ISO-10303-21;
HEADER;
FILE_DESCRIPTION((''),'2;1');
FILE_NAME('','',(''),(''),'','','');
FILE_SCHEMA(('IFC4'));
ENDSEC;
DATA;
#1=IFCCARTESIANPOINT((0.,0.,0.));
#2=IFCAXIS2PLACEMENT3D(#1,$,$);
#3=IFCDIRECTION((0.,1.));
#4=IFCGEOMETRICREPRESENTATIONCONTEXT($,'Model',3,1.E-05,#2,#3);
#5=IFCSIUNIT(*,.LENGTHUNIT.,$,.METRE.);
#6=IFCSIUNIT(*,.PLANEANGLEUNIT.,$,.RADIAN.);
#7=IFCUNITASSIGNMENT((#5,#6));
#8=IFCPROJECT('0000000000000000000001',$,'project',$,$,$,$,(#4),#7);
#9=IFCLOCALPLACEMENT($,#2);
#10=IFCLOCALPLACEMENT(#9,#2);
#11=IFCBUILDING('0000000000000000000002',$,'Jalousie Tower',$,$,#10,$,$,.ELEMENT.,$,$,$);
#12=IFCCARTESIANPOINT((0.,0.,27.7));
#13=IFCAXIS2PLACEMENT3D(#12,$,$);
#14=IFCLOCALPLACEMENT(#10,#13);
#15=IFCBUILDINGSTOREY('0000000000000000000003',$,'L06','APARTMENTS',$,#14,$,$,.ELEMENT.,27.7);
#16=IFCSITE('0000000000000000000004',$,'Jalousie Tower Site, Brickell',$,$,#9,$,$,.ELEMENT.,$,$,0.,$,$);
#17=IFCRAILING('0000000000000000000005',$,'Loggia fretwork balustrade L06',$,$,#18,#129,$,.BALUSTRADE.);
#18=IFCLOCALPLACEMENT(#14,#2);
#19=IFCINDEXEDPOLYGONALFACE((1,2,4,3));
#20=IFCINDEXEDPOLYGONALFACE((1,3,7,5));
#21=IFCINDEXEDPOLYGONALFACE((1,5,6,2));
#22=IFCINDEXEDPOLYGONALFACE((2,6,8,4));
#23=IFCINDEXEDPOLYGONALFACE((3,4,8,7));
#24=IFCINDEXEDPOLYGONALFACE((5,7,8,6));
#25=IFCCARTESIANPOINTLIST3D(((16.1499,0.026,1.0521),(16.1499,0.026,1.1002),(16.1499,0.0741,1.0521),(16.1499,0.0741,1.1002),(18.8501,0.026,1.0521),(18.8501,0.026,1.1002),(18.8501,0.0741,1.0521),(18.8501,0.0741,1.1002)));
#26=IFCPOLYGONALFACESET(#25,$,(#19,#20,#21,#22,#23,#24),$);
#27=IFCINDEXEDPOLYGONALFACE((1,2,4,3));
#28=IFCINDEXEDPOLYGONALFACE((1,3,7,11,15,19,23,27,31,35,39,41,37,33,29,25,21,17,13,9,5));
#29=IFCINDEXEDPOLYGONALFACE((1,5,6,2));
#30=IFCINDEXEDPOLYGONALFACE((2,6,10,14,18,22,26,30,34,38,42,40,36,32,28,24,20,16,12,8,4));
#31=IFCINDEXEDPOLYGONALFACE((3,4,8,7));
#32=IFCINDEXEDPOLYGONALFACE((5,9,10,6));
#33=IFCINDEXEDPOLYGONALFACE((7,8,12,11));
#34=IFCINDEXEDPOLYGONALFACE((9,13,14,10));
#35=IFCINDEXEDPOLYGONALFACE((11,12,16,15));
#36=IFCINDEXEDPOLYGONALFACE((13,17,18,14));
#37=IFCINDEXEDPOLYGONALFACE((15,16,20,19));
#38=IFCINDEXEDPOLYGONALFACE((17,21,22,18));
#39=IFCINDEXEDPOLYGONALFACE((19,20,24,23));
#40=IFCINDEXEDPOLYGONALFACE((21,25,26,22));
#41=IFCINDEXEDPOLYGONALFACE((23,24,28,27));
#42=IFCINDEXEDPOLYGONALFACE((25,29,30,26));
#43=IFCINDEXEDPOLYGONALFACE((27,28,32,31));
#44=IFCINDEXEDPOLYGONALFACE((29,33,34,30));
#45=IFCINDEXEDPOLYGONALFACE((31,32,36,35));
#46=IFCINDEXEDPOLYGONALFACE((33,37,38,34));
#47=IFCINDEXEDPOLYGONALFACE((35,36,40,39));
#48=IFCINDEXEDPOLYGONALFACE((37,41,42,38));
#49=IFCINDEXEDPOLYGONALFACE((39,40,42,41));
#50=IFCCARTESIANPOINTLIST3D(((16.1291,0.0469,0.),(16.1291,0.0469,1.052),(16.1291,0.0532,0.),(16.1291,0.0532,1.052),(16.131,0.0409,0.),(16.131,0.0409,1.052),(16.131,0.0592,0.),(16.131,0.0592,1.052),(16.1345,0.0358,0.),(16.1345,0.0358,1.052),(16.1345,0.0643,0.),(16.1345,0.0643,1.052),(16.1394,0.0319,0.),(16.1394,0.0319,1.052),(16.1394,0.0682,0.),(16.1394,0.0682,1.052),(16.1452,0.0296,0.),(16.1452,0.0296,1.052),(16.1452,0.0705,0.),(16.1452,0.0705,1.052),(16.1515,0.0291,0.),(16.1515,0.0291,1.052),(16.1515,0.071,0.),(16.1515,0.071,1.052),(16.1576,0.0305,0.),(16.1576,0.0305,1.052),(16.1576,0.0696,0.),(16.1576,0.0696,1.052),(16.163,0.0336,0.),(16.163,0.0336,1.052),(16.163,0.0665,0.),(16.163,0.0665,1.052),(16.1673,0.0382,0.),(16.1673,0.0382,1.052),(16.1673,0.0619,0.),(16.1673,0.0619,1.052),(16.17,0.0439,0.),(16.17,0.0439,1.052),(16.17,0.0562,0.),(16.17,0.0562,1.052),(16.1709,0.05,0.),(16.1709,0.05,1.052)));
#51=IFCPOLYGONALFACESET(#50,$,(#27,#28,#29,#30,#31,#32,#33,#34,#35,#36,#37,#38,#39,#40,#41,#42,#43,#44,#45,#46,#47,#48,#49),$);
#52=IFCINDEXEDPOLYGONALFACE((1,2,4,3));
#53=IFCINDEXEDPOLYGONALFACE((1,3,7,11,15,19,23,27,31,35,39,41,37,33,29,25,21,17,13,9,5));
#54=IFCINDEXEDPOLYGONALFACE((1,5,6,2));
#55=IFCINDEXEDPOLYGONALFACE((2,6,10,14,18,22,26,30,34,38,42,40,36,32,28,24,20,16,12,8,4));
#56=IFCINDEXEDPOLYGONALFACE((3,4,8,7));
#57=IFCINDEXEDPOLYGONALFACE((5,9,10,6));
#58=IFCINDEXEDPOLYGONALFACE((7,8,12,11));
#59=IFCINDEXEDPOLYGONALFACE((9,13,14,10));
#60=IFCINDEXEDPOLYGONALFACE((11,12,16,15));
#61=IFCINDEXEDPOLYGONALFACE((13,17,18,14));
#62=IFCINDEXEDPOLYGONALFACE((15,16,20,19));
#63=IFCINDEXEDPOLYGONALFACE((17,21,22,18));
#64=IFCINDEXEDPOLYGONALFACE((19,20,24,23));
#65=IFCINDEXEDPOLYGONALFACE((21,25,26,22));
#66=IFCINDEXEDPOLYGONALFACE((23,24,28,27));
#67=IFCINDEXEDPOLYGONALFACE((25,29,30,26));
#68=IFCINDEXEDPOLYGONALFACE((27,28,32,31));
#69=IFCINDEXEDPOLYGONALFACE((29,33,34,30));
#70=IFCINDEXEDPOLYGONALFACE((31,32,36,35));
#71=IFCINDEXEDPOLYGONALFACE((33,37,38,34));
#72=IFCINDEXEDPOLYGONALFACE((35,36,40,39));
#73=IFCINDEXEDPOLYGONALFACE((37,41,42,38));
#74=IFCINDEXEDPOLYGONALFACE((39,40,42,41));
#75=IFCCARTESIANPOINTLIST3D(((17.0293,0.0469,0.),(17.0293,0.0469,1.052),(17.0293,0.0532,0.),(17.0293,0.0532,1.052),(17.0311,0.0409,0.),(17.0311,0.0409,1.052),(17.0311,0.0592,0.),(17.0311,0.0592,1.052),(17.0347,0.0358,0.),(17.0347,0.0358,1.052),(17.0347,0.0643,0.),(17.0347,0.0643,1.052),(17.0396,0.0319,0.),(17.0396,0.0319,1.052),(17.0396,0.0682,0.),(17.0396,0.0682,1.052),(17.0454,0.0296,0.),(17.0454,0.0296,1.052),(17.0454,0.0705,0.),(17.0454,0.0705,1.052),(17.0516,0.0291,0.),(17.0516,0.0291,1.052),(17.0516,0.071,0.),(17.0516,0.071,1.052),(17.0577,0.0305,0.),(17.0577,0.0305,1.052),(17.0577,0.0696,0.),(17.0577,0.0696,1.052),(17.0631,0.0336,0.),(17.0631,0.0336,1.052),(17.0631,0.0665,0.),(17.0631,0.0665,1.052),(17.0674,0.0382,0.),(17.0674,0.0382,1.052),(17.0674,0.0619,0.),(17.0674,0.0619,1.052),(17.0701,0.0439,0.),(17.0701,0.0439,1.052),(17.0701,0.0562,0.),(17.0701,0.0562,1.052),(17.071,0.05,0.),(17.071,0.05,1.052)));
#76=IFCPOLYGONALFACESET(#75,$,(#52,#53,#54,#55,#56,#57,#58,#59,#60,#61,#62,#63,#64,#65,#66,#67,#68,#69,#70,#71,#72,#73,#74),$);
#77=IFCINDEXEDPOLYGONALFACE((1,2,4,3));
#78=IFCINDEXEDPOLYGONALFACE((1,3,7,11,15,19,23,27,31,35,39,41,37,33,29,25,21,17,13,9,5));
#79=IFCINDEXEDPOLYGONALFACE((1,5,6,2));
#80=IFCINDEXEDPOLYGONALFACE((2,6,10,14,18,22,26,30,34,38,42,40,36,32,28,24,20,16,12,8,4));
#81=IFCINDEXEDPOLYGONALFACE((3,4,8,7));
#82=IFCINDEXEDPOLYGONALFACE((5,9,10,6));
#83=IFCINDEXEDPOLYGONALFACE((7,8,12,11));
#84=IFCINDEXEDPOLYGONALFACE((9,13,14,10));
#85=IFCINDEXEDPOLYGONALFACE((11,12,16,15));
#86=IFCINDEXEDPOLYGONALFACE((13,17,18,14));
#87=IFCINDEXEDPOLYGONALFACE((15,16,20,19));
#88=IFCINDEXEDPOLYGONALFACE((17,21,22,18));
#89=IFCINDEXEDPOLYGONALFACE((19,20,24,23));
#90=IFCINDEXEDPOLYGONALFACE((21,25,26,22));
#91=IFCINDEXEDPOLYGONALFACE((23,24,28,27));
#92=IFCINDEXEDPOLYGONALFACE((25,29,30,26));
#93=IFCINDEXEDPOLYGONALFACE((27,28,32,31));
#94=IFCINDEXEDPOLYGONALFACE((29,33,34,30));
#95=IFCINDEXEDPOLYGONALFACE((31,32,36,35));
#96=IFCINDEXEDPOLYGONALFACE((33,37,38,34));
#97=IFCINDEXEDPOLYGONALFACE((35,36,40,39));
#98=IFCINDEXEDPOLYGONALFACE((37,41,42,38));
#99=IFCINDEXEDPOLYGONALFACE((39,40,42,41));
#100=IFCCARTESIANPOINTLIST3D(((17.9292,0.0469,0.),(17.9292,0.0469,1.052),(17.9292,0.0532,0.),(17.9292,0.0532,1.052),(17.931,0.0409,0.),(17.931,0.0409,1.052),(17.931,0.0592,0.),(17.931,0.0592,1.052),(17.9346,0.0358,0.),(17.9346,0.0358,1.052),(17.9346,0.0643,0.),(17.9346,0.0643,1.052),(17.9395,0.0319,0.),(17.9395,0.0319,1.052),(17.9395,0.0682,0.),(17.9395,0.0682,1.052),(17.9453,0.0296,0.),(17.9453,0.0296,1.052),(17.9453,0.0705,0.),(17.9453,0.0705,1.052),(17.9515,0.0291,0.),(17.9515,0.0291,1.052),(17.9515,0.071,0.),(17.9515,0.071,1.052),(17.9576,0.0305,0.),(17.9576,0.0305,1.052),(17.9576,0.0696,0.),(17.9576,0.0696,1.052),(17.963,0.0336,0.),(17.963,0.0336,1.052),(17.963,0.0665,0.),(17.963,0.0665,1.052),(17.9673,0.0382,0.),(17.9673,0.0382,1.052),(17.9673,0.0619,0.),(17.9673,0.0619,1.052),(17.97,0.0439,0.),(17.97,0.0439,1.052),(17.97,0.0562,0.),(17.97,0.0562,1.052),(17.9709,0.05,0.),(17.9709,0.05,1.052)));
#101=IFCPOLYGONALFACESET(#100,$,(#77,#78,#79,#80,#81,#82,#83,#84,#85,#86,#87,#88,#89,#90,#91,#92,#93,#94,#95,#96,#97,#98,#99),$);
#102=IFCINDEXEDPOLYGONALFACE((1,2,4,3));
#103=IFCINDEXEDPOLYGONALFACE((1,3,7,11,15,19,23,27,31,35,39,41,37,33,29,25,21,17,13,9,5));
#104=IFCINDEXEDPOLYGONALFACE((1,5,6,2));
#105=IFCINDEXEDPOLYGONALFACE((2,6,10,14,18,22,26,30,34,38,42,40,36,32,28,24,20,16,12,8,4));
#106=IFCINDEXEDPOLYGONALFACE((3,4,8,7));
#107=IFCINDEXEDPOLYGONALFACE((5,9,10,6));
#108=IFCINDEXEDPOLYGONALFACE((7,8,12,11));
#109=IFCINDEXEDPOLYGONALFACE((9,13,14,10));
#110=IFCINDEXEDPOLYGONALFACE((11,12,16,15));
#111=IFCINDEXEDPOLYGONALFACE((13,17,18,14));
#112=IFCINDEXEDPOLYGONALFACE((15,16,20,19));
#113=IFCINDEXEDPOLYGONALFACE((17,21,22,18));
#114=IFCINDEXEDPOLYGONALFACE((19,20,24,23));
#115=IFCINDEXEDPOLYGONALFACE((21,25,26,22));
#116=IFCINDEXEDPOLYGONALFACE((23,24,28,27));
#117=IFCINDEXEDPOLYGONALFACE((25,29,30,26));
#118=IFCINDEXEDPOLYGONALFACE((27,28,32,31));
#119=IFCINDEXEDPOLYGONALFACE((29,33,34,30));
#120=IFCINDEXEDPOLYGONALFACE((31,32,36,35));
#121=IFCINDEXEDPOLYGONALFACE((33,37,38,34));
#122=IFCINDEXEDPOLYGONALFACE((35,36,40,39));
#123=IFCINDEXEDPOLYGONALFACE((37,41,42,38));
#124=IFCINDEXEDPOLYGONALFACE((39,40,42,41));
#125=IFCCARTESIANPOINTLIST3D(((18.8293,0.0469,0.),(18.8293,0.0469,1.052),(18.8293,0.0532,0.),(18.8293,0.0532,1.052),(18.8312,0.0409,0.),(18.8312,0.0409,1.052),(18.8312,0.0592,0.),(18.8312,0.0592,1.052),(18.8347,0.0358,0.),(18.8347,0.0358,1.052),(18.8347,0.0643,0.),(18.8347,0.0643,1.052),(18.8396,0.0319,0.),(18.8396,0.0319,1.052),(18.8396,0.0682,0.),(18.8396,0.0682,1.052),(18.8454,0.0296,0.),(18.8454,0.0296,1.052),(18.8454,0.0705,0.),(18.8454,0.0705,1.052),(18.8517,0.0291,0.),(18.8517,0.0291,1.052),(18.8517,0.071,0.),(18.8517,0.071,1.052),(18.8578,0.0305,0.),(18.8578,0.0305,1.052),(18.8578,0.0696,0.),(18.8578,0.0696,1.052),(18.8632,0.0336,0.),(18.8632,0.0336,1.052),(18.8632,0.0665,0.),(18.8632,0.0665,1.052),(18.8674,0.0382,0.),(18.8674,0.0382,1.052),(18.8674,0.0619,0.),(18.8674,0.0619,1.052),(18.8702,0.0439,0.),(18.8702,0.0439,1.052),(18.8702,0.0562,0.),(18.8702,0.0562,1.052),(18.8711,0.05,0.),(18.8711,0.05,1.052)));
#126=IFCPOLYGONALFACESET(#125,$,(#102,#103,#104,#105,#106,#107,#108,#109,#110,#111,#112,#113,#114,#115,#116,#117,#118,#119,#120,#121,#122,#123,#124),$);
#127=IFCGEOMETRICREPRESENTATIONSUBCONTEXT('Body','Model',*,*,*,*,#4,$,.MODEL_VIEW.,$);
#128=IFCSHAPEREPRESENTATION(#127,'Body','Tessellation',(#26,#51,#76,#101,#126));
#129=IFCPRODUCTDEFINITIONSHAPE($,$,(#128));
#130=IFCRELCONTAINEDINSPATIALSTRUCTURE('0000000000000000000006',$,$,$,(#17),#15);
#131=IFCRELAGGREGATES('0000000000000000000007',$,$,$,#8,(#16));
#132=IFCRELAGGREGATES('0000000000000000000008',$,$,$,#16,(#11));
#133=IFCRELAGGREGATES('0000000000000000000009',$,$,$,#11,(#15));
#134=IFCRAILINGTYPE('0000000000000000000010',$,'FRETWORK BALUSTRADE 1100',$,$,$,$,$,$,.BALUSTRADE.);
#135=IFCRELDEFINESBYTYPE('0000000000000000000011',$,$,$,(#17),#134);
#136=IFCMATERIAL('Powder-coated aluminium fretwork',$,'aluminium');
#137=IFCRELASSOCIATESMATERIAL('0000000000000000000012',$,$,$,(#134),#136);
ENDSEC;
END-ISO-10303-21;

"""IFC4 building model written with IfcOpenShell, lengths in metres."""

from ifc_helpers import new_model, si_unit, direction, frame, origin, origin_2d, place, context, subcontext, project, spatial, rectangle, circle, extrude, material, type_object, element, save


model = new_model("IFC4")

# Units and contexts
model_context = context("Model", 3, precision=1e-05, world=origin(), true_north=direction((0.0, 1.0)))
body_context = subcontext(model_context, "Body", "Model", "MODEL_VIEW")
ifc_project = project(units=[si_unit("LENGTHUNIT", "METRE"), si_unit("PLANEANGLEUNIT", "RADIAN")], contexts=[model_context])

# Site, building, storey
site_placement = place(None, origin())
site = spatial("IfcSite", under=ifc_project, at=site_placement, Name="Jalousie Tower Site, Brickell", CompositionType="ELEMENT", RefElevation=0.0)
building_placement = place(site_placement, origin())
building = spatial("IfcBuilding", under=site, at=building_placement, Name="Jalousie Tower", CompositionType="ELEMENT")
storey_placement = place(building_placement, frame((0.0, 0.0, 27.7)))
storey = spatial("IfcBuildingStorey", under=building, at=storey_placement, Name="L06", Description="APARTMENTS", CompositionType="ELEMENT", Elevation=27.7)

# Railing
ifc_material_1 = material(Name="Powder-coated aluminium fretwork", Category="aluminium")
railing_type = type_object("IfcRailingType", Name="FRETWORK BALUSTRADE 1100", PredefinedType="BALUSTRADE", material=ifc_material_1)
railing_placement = place(storey_placement, frame((16.1499, 0.05, 0.0)))
element("IfcRailing", 1, at=railing_placement, inside=storey, type_object=railing_type, Name="Loggia fretwork balustrade L06", PredefinedType="BALUSTRADE", context=body_context, shape_type="SweptSolid", body=[
    extrude(rectangle(XDim=0.0481, YDim=0.0481, at=origin_2d()), frame((0.0, 0.0, 1.0762), z_axis=(1.0, 0.0, 0.0), x_axis=(0.0, 1.0, 0.0)), (0.0, 0.0, 1.0), 2.7002),
    extrude(circle(Radius=0.021, at=origin_2d()), origin(), (0.0, 0.0, 1.0), 1.052),
    extrude(circle(Radius=0.021, at=origin_2d()), frame((0.9001, 0.0, 0.0)), (0.0, 0.0, 1.0), 1.052),
    extrude(circle(Radius=0.021, at=origin_2d()), frame((1.8, 0.0, 0.0)), (0.0, 0.0, 1.0), 1.052),
    extrude(circle(Radius=0.021, at=origin_2d()), frame((2.7002, 0.0, 0.0)), (0.0, 0.0, 1.0), 1.052),
])

save(model, "model.ifc")
